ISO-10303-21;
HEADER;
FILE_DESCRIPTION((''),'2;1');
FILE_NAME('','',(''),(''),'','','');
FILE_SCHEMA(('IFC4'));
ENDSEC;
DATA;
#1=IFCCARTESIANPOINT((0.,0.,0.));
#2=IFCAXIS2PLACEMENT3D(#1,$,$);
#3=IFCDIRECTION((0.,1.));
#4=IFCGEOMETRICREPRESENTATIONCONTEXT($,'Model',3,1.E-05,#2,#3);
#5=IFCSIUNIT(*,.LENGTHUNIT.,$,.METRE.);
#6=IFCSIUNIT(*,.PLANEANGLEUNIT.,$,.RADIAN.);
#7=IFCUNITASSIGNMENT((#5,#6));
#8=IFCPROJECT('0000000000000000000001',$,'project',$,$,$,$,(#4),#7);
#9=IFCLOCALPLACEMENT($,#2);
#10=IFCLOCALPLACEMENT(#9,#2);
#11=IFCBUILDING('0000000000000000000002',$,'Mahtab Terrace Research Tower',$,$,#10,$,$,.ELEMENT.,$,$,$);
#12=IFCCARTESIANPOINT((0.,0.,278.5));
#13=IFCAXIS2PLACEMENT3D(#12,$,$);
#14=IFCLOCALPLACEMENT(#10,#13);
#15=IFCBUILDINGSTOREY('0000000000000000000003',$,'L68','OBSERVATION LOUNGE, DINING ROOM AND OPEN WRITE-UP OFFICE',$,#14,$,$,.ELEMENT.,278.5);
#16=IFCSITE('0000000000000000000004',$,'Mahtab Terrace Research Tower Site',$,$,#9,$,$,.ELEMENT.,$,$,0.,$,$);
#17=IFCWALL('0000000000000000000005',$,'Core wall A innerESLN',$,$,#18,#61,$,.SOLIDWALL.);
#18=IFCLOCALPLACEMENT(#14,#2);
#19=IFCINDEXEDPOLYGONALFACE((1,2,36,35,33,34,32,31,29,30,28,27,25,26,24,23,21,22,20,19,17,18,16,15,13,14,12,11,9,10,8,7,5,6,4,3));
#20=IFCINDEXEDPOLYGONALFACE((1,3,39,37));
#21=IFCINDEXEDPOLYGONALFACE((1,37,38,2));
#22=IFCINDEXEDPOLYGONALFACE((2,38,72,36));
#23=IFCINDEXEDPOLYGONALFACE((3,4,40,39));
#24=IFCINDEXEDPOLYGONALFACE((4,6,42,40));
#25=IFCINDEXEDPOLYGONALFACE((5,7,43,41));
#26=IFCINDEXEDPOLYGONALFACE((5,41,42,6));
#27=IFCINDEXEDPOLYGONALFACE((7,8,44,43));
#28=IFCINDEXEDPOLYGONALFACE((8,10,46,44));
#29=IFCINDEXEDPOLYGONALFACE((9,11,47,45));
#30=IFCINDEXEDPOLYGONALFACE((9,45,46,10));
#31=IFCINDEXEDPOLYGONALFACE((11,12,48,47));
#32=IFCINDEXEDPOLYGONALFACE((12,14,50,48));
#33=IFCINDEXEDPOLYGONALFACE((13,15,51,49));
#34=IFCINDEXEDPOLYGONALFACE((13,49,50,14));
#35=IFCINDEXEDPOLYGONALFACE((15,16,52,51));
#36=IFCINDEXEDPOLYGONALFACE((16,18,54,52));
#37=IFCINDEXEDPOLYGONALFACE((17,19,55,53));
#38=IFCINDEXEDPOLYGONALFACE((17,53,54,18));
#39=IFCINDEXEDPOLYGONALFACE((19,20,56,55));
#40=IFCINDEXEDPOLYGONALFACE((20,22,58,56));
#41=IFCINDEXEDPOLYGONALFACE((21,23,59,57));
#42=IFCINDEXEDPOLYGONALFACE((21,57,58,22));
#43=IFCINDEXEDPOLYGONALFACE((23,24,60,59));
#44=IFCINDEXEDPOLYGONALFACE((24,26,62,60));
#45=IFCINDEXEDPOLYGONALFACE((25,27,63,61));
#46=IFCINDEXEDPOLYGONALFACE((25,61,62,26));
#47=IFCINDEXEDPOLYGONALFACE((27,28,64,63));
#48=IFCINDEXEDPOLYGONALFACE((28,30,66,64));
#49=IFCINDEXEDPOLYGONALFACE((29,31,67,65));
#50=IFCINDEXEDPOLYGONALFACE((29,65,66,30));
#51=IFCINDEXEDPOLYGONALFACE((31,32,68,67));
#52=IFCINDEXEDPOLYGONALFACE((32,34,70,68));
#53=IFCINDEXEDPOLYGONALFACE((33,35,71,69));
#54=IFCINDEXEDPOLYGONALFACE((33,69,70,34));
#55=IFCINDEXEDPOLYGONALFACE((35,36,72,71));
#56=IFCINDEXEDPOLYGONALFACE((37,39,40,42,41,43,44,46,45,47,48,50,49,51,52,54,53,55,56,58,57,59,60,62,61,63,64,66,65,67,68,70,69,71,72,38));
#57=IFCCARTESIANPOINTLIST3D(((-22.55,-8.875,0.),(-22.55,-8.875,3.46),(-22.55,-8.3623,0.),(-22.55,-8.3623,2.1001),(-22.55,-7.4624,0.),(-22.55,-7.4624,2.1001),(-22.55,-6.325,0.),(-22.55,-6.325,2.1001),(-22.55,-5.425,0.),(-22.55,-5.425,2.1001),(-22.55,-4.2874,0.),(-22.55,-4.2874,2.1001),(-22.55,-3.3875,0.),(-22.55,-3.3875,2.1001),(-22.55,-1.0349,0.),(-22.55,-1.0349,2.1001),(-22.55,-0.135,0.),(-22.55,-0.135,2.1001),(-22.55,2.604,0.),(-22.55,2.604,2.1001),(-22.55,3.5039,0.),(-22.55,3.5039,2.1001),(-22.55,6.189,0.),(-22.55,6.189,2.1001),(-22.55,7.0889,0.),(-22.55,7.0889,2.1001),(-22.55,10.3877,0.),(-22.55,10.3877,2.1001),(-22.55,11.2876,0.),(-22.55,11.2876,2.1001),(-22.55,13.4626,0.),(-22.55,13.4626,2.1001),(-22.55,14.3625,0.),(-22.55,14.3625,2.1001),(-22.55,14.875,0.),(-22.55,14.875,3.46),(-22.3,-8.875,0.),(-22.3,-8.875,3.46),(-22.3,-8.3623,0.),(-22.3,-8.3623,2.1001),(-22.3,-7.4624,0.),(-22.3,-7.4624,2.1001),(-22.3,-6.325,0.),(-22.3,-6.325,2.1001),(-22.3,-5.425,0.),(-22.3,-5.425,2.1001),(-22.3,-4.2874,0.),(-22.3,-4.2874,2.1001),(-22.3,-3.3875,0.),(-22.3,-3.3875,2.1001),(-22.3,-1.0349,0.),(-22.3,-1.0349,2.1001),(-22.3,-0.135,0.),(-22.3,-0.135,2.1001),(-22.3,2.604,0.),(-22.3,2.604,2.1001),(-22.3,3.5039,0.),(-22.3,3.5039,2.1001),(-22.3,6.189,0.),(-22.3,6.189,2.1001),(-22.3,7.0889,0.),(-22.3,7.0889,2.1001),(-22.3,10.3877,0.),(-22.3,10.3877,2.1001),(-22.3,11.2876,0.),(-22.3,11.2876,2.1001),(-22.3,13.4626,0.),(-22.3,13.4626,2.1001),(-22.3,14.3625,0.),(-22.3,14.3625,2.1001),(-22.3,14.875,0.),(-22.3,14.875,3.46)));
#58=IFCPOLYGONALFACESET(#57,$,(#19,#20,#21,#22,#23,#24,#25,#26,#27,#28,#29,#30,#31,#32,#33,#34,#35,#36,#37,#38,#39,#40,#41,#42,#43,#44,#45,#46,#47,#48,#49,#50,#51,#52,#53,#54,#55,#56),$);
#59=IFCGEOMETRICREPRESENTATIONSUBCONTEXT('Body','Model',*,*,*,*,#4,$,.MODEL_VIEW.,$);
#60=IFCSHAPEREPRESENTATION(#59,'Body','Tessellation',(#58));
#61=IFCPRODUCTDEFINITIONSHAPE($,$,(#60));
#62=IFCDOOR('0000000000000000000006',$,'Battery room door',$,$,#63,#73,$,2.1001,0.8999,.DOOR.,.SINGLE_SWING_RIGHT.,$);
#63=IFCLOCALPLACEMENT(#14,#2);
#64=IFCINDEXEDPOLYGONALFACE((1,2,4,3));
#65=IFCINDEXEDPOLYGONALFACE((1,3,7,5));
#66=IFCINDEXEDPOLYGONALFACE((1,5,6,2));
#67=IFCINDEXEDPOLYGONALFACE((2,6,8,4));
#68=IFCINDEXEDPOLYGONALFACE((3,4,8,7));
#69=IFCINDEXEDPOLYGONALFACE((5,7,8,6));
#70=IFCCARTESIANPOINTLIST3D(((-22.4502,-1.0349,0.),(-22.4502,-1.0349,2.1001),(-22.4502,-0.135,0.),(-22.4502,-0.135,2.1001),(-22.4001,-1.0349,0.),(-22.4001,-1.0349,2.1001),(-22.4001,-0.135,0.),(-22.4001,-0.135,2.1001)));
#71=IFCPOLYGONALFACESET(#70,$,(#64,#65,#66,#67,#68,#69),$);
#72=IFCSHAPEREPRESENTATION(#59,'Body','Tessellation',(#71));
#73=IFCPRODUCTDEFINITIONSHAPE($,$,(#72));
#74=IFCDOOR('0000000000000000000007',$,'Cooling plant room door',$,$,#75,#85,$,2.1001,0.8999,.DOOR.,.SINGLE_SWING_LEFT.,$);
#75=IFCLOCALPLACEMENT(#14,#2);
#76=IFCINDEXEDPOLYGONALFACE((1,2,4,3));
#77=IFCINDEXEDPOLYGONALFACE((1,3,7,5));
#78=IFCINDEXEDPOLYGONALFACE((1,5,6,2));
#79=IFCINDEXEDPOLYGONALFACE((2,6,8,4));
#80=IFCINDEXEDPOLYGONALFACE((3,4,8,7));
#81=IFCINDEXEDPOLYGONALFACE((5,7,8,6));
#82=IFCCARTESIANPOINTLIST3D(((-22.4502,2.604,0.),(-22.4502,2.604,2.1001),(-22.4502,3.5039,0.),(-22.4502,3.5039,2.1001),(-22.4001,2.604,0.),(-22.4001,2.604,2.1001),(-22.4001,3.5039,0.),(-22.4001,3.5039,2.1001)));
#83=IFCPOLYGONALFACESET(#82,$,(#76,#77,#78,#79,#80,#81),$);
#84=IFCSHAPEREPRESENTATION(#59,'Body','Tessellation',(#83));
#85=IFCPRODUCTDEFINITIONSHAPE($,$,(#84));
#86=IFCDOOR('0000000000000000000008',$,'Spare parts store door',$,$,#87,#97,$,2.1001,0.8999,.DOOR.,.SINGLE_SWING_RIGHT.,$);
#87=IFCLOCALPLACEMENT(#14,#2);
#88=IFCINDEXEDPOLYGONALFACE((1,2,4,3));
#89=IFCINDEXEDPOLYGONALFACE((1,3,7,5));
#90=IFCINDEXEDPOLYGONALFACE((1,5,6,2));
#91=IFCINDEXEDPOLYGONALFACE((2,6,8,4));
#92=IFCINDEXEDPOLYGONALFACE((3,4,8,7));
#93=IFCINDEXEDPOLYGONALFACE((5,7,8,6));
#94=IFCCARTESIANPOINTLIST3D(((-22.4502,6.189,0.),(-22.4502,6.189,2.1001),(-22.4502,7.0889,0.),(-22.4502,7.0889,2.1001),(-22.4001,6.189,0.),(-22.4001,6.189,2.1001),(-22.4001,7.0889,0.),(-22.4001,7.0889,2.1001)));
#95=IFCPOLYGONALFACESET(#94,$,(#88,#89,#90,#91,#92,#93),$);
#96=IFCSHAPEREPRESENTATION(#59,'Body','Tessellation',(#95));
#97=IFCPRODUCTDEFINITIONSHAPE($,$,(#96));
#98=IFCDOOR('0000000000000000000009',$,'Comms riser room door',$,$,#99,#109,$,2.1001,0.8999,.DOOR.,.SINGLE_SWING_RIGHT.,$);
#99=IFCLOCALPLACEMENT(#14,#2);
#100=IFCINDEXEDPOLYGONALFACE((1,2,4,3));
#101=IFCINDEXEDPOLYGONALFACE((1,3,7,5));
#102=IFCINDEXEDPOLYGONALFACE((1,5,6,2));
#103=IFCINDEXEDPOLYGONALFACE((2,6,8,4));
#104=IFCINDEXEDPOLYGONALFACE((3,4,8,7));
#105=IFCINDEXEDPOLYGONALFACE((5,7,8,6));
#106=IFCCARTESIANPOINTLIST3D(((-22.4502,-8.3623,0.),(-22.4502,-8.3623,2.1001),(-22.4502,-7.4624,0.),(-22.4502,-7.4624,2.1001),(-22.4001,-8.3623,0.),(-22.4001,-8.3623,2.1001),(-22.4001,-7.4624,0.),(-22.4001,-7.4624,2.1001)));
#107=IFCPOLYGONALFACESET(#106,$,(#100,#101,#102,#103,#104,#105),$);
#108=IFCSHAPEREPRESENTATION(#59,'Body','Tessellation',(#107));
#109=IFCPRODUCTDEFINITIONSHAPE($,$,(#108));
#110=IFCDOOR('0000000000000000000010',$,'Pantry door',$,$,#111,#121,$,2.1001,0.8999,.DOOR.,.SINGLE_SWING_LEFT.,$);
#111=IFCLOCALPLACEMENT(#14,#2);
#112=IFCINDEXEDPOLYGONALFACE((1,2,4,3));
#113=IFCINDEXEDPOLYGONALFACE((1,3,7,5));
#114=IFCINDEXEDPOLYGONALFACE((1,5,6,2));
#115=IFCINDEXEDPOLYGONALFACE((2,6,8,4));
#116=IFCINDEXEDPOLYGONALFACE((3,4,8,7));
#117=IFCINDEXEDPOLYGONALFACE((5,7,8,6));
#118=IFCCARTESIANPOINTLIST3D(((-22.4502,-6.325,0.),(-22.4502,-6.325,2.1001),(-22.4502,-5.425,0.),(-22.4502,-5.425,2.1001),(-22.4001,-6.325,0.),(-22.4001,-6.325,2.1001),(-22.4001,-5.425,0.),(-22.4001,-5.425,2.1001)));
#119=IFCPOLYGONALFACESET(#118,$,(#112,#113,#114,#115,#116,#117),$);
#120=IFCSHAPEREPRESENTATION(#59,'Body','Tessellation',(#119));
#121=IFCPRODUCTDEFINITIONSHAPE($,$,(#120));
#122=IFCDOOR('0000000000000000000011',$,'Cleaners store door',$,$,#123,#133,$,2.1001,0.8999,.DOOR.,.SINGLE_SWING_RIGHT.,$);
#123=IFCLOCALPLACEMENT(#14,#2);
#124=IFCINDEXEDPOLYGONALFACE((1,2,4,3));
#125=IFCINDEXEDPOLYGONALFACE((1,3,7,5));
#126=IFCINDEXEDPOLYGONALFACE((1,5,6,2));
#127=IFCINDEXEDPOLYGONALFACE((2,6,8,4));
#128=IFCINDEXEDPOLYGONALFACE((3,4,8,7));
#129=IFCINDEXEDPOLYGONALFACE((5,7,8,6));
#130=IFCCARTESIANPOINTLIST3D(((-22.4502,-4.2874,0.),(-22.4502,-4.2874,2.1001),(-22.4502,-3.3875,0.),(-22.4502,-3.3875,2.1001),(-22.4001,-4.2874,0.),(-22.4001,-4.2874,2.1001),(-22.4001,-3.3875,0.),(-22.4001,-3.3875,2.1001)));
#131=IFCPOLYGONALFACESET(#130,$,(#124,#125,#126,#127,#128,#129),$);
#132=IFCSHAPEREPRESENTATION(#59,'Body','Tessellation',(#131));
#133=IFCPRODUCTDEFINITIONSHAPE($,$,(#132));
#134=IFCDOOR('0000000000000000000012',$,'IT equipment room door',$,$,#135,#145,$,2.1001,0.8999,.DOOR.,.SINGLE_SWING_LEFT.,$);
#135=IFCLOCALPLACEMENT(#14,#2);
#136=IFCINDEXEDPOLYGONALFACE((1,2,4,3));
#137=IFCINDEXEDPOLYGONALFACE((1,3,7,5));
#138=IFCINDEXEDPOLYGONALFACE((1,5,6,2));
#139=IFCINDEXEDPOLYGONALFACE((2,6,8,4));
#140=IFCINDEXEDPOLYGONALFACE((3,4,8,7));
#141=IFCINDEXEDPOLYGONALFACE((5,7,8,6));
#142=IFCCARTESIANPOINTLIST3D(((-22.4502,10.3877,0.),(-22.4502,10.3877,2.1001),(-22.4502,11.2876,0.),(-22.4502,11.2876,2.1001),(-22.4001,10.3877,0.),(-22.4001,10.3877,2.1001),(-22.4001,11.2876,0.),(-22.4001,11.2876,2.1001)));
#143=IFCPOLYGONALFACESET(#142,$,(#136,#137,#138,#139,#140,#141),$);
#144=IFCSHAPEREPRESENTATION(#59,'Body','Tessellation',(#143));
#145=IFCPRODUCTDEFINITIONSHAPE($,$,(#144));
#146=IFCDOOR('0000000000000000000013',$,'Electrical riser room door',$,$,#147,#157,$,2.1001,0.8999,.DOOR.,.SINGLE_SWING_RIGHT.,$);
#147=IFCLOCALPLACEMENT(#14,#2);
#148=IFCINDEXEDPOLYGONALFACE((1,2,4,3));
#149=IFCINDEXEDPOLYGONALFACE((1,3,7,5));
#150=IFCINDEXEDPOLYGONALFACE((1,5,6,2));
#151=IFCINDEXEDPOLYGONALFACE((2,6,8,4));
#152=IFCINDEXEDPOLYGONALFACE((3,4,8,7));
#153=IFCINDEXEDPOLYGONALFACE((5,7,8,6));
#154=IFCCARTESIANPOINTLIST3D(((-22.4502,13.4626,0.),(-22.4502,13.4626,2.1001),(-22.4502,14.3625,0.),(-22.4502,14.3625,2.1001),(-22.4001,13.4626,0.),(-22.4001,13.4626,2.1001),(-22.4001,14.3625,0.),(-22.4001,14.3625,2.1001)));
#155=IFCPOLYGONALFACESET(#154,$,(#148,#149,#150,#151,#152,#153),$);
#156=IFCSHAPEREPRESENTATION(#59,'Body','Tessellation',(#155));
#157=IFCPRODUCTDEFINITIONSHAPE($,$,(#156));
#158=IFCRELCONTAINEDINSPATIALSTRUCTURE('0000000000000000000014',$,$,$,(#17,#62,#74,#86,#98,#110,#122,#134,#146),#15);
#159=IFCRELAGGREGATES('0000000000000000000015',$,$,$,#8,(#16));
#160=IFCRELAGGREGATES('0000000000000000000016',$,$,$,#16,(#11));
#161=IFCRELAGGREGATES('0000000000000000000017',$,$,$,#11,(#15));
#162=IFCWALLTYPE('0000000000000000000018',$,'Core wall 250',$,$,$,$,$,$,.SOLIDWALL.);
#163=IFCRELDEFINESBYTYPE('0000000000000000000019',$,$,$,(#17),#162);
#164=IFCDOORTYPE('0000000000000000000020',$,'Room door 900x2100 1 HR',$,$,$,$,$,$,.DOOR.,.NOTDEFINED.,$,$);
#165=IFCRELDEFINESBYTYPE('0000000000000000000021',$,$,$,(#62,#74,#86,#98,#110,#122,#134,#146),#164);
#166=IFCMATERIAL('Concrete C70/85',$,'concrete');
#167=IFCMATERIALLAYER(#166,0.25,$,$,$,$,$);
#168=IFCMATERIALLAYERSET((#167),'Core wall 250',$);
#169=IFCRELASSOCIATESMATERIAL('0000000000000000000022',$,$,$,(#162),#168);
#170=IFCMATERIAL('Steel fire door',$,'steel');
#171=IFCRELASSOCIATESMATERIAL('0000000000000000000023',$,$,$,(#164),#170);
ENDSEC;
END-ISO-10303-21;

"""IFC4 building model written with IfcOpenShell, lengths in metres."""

from ifc_helpers import new_model, si_unit, direction, frame, frame_2d, origin, place, context, subcontext, project, spatial, rectangle, extrude, material, layer, layer_set, type_object, element, fill, save


model = new_model("IFC4")

# Units and contexts
model_context = context("Model", 3, precision=1e-05, world=origin(), true_north=direction((0.0, 1.0)))
body_context = subcontext(model_context, "Body", "Model", "MODEL_VIEW")
ifc_project = project(units=[si_unit("LENGTHUNIT", "METRE"), si_unit("PLANEANGLEUNIT", "RADIAN")], contexts=[model_context])

# Site, building, storey
site_placement = place(None, origin())
site = spatial("IfcSite", under=ifc_project, at=site_placement, Name="Mahtab Terrace Research Tower Site", CompositionType="ELEMENT", RefElevation=0.0)
building_placement = place(site_placement, origin())
building = spatial("IfcBuilding", under=site, at=building_placement, Name="Mahtab Terrace Research Tower", CompositionType="ELEMENT")
storey_placement = place(building_placement, frame((0.0, 0.0, 278.5)))
storey = spatial("IfcBuildingStorey", under=building, at=storey_placement, Name="L68", Description="OBSERVATION LOUNGE, DINING ROOM AND OPEN WRITE-UP OFFICE", CompositionType="ELEMENT", Elevation=278.5)

# Shared definitions
ifc_material_1 = material(Name="Concrete C70/85", Category="concrete")
ifc_layer_1 = layer(ifc_material_1, 0.25)
ifc_layer_set_1 = layer_set([ifc_layer_1], Name="Core wall 250")
wall_type_1 = type_object("IfcWallType", Name="Core wall 250", PredefinedType="SOLIDWALL", material=ifc_layer_set_1)

# Shared definitions
ifc_material_2 = material(Name="Steel fire door", Category="steel")

# Wall, openings, doors
wall_1_placement = place(storey_placement, frame((-22.425, 14.875, 0.0), z_axis=(0.0, 0.0, 1.0), x_axis=(0.0, -1.0, 0.0)))
wall_1 = element("IfcWall", 1, at=wall_1_placement, inside=storey, type_object=wall_type_1, Name="Core wall A innerESLN", PredefinedType="SOLIDWALL", context=body_context, shape_type="SweptSolid", body=[
    extrude(rectangle(XDim=23.75, YDim=0.25, at=frame_2d((11.875, 0.0))), origin(), (0.0, 0.0, 1.0), 3.46),
])
opening_1_placement = place(wall_1_placement, frame((15.01, 0.0, 0.0)))
opening_1 = element("IfcOpeningElement", 2, at=opening_1_placement, cuts=wall_1, PredefinedType="OPENING", context=body_context, shape_type="SweptSolid", body=[
    extrude(rectangle(XDim=0.8999, YDim=2.1001, at=frame_2d((0.45, 1.05))), frame((0.0, 0.135, 0.0), z_axis=(0.0, -1.0, 0.0), x_axis=(1.0, 0.0, 0.0)), (0.0, 0.0, 1.0), 0.27),
])
opening_2_placement = place(wall_1_placement, frame((11.3711, 0.0, 0.0)))
opening_2 = element("IfcOpeningElement", 3, at=opening_2_placement, cuts=wall_1, PredefinedType="OPENING", context=body_context, shape_type="SweptSolid", body=[
    extrude(rectangle(XDim=0.8999, YDim=2.1001, at=frame_2d((0.45, 1.05))), frame((0.0, 0.135, 0.0), z_axis=(0.0, -1.0, 0.0), x_axis=(1.0, 0.0, 0.0)), (0.0, 0.0, 1.0), 0.27),
])
opening_3_placement = place(wall_1_placement, frame((7.7861, 0.0, 0.0)))
opening_3 = element("IfcOpeningElement", 4, at=opening_3_placement, cuts=wall_1, PredefinedType="OPENING", context=body_context, shape_type="SweptSolid", body=[
    extrude(rectangle(XDim=0.8999, YDim=2.1001, at=frame_2d((0.45, 1.05))), frame((0.0, 0.135, 0.0), z_axis=(0.0, -1.0, 0.0), x_axis=(1.0, 0.0, 0.0)), (0.0, 0.0, 1.0), 0.27),
])
opening_4_placement = place(wall_1_placement, frame((22.3374, 0.0, 0.0)))
opening_4 = element("IfcOpeningElement", 5, at=opening_4_placement, cuts=wall_1, PredefinedType="OPENING", context=body_context, shape_type="SweptSolid", body=[
    extrude(rectangle(XDim=0.8999, YDim=2.1001, at=frame_2d((0.45, 1.05))), frame((0.0, 0.135, 0.0), z_axis=(0.0, -1.0, 0.0), x_axis=(1.0, 0.0, 0.0)), (0.0, 0.0, 1.0), 0.27),
])
opening_5_placement = place(wall_1_placement, frame((20.3, 0.0, 0.0)))
opening_5 = element("IfcOpeningElement", 6, at=opening_5_placement, cuts=wall_1, PredefinedType="OPENING", context=body_context, shape_type="SweptSolid", body=[
    extrude(rectangle(XDim=0.8999, YDim=2.1001, at=frame_2d((0.45, 1.05))), frame((0.0, 0.135, 0.0), z_axis=(0.0, -1.0, 0.0), x_axis=(1.0, 0.0, 0.0)), (0.0, 0.0, 1.0), 0.27),
])
opening_6_placement = place(wall_1_placement, frame((18.2625, 0.0, 0.0)))
opening_6 = element("IfcOpeningElement", 7, at=opening_6_placement, cuts=wall_1, PredefinedType="OPENING", context=body_context, shape_type="SweptSolid", body=[
    extrude(rectangle(XDim=0.8999, YDim=2.1001, at=frame_2d((0.45, 1.05))), frame((0.0, 0.135, 0.0), z_axis=(0.0, -1.0, 0.0), x_axis=(1.0, 0.0, 0.0)), (0.0, 0.0, 1.0), 0.27),
])
opening_7_placement = place(wall_1_placement, frame((3.5874, 0.0, 0.0)))
opening_7 = element("IfcOpeningElement", 8, at=opening_7_placement, cuts=wall_1, PredefinedType="OPENING", context=body_context, shape_type="SweptSolid", body=[
    extrude(rectangle(XDim=0.8999, YDim=2.1001, at=frame_2d((0.45, 1.05))), frame((0.0, 0.135, 0.0), z_axis=(0.0, -1.0, 0.0), x_axis=(1.0, 0.0, 0.0)), (0.0, 0.0, 1.0), 0.27),
])
opening_8_placement = place(wall_1_placement, frame((0.5125, 0.0, 0.0)))
opening_8 = element("IfcOpeningElement", 9, at=opening_8_placement, cuts=wall_1, PredefinedType="OPENING", context=body_context, shape_type="SweptSolid", body=[
    extrude(rectangle(XDim=0.8999, YDim=2.1001, at=frame_2d((0.45, 1.05))), frame((0.0, 0.135, 0.0), z_axis=(0.0, -1.0, 0.0), x_axis=(1.0, 0.0, 0.0)), (0.0, 0.0, 1.0), 0.27),
])
door_type_1 = type_object("IfcDoorType", Name="Room door 900x2100 1 HR", OperationType="NOTDEFINED", PredefinedType="DOOR", material=ifc_material_2)
door_1_placement = place(opening_1_placement, origin())
door_1 = element("IfcDoor", 10, at=door_1_placement, inside=storey, type_object=door_type_1, Name="Battery room door", OperationType="SINGLE_SWING_RIGHT", OverallHeight=2.1001, OverallWidth=0.8999, PredefinedType="DOOR", context=body_context, shape_type="SweptSolid", body=[
    extrude(rectangle(XDim=0.8999, YDim=2.1001, at=frame_2d((0.45, 1.05))), frame((0.0, 0.0249, 0.0), z_axis=(0.0, -1.0, 0.0), x_axis=(1.0, 0.0, 0.0)), (0.0, 0.0, 1.0), 0.05),
])
fill(opening_1, door_1)
door_2_placement = place(opening_2_placement, origin())
door_2 = element("IfcDoor", 11, at=door_2_placement, inside=storey, type_object=door_type_1, Name="Cooling plant room door", OperationType="SINGLE_SWING_LEFT", OverallHeight=2.1001, OverallWidth=0.8999, PredefinedType="DOOR", context=body_context, shape_type="SweptSolid", body=[
    extrude(rectangle(XDim=0.8999, YDim=2.1001, at=frame_2d((0.45, 1.05))), frame((0.0, 0.0249, 0.0), z_axis=(0.0, -1.0, 0.0), x_axis=(1.0, 0.0, 0.0)), (0.0, 0.0, 1.0), 0.05),
])
fill(opening_2, door_2)
door_3_placement = place(opening_3_placement, origin())
door_3 = element("IfcDoor", 12, at=door_3_placement, inside=storey, type_object=door_type_1, Name="Spare parts store door", OperationType="SINGLE_SWING_RIGHT", OverallHeight=2.1001, OverallWidth=0.8999, PredefinedType="DOOR", context=body_context, shape_type="SweptSolid", body=[
    extrude(rectangle(XDim=0.8999, YDim=2.1001, at=frame_2d((0.45, 1.05))), frame((0.0, 0.0249, 0.0), z_axis=(0.0, -1.0, 0.0), x_axis=(1.0, 0.0, 0.0)), (0.0, 0.0, 1.0), 0.05),
])
fill(opening_3, door_3)
door_4_placement = place(opening_4_placement, origin())
door_4 = element("IfcDoor", 13, at=door_4_placement, inside=storey, type_object=door_type_1, Name="Comms riser room door", OperationType="SINGLE_SWING_RIGHT", OverallHeight=2.1001, OverallWidth=0.8999, PredefinedType="DOOR", context=body_context, shape_type="SweptSolid", body=[
    extrude(rectangle(XDim=0.8999, YDim=2.1001, at=frame_2d((0.45, 1.05))), frame((0.0, 0.0249, 0.0), z_axis=(0.0, -1.0, 0.0), x_axis=(1.0, 0.0, 0.0)), (0.0, 0.0, 1.0), 0.05),
])
fill(opening_4, door_4)
door_5_placement = place(opening_5_placement, origin())
door_5 = element("IfcDoor", 14, at=door_5_placement, inside=storey, type_object=door_type_1, Name="Pantry door", OperationType="SINGLE_SWING_LEFT", OverallHeight=2.1001, OverallWidth=0.8999, PredefinedType="DOOR", context=body_context, shape_type="SweptSolid", body=[
    extrude(rectangle(XDim=0.8999, YDim=2.1001, at=frame_2d((0.45, 1.05))), frame((0.0, 0.0249, 0.0), z_axis=(0.0, -1.0, 0.0), x_axis=(1.0, 0.0, 0.0)), (0.0, 0.0, 1.0), 0.05),
])
fill(opening_5, door_5)
door_6_placement = place(opening_6_placement, origin())
door_6 = element("IfcDoor", 15, at=door_6_placement, inside=storey, type_object=door_type_1, Name="Cleaners store door", OperationType="SINGLE_SWING_RIGHT", OverallHeight=2.1001, OverallWidth=0.8999, PredefinedType="DOOR", context=body_context, shape_type="SweptSolid", body=[
    extrude(rectangle(XDim=0.8999, YDim=2.1001, at=frame_2d((0.45, 1.05))), frame((0.0, 0.0249, 0.0), z_axis=(0.0, -1.0, 0.0), x_axis=(1.0, 0.0, 0.0)), (0.0, 0.0, 1.0), 0.05),
])
fill(opening_6, door_6)
door_7_placement = place(opening_7_placement, origin())
door_7 = element("IfcDoor", 16, at=door_7_placement, inside=storey, type_object=door_type_1, Name="IT equipment room door", OperationType="SINGLE_SWING_LEFT", OverallHeight=2.1001, OverallWidth=0.8999, PredefinedType="DOOR", context=body_context, shape_type="SweptSolid", body=[
    extrude(rectangle(XDim=0.8999, YDim=2.1001, at=frame_2d((0.45, 1.05))), frame((0.0, 0.0249, 0.0), z_axis=(0.0, -1.0, 0.0), x_axis=(1.0, 0.0, 0.0)), (0.0, 0.0, 1.0), 0.05),
])
fill(opening_7, door_7)
door_8_placement = place(opening_8_placement, origin())
door_8 = element("IfcDoor", 17, at=door_8_placement, inside=storey, type_object=door_type_1, Name="Electrical riser room door", OperationType="SINGLE_SWING_RIGHT", OverallHeight=2.1001, OverallWidth=0.8999, PredefinedType="DOOR", context=body_context, shape_type="SweptSolid", body=[
    extrude(rectangle(XDim=0.8999, YDim=2.1001, at=frame_2d((0.45, 1.05))), frame((0.0, 0.0249, 0.0), z_axis=(0.0, -1.0, 0.0), x_axis=(1.0, 0.0, 0.0)), (0.0, 0.0, 1.0), 0.05),
])
fill(opening_8, door_8)

save(model, "model.ifc")
